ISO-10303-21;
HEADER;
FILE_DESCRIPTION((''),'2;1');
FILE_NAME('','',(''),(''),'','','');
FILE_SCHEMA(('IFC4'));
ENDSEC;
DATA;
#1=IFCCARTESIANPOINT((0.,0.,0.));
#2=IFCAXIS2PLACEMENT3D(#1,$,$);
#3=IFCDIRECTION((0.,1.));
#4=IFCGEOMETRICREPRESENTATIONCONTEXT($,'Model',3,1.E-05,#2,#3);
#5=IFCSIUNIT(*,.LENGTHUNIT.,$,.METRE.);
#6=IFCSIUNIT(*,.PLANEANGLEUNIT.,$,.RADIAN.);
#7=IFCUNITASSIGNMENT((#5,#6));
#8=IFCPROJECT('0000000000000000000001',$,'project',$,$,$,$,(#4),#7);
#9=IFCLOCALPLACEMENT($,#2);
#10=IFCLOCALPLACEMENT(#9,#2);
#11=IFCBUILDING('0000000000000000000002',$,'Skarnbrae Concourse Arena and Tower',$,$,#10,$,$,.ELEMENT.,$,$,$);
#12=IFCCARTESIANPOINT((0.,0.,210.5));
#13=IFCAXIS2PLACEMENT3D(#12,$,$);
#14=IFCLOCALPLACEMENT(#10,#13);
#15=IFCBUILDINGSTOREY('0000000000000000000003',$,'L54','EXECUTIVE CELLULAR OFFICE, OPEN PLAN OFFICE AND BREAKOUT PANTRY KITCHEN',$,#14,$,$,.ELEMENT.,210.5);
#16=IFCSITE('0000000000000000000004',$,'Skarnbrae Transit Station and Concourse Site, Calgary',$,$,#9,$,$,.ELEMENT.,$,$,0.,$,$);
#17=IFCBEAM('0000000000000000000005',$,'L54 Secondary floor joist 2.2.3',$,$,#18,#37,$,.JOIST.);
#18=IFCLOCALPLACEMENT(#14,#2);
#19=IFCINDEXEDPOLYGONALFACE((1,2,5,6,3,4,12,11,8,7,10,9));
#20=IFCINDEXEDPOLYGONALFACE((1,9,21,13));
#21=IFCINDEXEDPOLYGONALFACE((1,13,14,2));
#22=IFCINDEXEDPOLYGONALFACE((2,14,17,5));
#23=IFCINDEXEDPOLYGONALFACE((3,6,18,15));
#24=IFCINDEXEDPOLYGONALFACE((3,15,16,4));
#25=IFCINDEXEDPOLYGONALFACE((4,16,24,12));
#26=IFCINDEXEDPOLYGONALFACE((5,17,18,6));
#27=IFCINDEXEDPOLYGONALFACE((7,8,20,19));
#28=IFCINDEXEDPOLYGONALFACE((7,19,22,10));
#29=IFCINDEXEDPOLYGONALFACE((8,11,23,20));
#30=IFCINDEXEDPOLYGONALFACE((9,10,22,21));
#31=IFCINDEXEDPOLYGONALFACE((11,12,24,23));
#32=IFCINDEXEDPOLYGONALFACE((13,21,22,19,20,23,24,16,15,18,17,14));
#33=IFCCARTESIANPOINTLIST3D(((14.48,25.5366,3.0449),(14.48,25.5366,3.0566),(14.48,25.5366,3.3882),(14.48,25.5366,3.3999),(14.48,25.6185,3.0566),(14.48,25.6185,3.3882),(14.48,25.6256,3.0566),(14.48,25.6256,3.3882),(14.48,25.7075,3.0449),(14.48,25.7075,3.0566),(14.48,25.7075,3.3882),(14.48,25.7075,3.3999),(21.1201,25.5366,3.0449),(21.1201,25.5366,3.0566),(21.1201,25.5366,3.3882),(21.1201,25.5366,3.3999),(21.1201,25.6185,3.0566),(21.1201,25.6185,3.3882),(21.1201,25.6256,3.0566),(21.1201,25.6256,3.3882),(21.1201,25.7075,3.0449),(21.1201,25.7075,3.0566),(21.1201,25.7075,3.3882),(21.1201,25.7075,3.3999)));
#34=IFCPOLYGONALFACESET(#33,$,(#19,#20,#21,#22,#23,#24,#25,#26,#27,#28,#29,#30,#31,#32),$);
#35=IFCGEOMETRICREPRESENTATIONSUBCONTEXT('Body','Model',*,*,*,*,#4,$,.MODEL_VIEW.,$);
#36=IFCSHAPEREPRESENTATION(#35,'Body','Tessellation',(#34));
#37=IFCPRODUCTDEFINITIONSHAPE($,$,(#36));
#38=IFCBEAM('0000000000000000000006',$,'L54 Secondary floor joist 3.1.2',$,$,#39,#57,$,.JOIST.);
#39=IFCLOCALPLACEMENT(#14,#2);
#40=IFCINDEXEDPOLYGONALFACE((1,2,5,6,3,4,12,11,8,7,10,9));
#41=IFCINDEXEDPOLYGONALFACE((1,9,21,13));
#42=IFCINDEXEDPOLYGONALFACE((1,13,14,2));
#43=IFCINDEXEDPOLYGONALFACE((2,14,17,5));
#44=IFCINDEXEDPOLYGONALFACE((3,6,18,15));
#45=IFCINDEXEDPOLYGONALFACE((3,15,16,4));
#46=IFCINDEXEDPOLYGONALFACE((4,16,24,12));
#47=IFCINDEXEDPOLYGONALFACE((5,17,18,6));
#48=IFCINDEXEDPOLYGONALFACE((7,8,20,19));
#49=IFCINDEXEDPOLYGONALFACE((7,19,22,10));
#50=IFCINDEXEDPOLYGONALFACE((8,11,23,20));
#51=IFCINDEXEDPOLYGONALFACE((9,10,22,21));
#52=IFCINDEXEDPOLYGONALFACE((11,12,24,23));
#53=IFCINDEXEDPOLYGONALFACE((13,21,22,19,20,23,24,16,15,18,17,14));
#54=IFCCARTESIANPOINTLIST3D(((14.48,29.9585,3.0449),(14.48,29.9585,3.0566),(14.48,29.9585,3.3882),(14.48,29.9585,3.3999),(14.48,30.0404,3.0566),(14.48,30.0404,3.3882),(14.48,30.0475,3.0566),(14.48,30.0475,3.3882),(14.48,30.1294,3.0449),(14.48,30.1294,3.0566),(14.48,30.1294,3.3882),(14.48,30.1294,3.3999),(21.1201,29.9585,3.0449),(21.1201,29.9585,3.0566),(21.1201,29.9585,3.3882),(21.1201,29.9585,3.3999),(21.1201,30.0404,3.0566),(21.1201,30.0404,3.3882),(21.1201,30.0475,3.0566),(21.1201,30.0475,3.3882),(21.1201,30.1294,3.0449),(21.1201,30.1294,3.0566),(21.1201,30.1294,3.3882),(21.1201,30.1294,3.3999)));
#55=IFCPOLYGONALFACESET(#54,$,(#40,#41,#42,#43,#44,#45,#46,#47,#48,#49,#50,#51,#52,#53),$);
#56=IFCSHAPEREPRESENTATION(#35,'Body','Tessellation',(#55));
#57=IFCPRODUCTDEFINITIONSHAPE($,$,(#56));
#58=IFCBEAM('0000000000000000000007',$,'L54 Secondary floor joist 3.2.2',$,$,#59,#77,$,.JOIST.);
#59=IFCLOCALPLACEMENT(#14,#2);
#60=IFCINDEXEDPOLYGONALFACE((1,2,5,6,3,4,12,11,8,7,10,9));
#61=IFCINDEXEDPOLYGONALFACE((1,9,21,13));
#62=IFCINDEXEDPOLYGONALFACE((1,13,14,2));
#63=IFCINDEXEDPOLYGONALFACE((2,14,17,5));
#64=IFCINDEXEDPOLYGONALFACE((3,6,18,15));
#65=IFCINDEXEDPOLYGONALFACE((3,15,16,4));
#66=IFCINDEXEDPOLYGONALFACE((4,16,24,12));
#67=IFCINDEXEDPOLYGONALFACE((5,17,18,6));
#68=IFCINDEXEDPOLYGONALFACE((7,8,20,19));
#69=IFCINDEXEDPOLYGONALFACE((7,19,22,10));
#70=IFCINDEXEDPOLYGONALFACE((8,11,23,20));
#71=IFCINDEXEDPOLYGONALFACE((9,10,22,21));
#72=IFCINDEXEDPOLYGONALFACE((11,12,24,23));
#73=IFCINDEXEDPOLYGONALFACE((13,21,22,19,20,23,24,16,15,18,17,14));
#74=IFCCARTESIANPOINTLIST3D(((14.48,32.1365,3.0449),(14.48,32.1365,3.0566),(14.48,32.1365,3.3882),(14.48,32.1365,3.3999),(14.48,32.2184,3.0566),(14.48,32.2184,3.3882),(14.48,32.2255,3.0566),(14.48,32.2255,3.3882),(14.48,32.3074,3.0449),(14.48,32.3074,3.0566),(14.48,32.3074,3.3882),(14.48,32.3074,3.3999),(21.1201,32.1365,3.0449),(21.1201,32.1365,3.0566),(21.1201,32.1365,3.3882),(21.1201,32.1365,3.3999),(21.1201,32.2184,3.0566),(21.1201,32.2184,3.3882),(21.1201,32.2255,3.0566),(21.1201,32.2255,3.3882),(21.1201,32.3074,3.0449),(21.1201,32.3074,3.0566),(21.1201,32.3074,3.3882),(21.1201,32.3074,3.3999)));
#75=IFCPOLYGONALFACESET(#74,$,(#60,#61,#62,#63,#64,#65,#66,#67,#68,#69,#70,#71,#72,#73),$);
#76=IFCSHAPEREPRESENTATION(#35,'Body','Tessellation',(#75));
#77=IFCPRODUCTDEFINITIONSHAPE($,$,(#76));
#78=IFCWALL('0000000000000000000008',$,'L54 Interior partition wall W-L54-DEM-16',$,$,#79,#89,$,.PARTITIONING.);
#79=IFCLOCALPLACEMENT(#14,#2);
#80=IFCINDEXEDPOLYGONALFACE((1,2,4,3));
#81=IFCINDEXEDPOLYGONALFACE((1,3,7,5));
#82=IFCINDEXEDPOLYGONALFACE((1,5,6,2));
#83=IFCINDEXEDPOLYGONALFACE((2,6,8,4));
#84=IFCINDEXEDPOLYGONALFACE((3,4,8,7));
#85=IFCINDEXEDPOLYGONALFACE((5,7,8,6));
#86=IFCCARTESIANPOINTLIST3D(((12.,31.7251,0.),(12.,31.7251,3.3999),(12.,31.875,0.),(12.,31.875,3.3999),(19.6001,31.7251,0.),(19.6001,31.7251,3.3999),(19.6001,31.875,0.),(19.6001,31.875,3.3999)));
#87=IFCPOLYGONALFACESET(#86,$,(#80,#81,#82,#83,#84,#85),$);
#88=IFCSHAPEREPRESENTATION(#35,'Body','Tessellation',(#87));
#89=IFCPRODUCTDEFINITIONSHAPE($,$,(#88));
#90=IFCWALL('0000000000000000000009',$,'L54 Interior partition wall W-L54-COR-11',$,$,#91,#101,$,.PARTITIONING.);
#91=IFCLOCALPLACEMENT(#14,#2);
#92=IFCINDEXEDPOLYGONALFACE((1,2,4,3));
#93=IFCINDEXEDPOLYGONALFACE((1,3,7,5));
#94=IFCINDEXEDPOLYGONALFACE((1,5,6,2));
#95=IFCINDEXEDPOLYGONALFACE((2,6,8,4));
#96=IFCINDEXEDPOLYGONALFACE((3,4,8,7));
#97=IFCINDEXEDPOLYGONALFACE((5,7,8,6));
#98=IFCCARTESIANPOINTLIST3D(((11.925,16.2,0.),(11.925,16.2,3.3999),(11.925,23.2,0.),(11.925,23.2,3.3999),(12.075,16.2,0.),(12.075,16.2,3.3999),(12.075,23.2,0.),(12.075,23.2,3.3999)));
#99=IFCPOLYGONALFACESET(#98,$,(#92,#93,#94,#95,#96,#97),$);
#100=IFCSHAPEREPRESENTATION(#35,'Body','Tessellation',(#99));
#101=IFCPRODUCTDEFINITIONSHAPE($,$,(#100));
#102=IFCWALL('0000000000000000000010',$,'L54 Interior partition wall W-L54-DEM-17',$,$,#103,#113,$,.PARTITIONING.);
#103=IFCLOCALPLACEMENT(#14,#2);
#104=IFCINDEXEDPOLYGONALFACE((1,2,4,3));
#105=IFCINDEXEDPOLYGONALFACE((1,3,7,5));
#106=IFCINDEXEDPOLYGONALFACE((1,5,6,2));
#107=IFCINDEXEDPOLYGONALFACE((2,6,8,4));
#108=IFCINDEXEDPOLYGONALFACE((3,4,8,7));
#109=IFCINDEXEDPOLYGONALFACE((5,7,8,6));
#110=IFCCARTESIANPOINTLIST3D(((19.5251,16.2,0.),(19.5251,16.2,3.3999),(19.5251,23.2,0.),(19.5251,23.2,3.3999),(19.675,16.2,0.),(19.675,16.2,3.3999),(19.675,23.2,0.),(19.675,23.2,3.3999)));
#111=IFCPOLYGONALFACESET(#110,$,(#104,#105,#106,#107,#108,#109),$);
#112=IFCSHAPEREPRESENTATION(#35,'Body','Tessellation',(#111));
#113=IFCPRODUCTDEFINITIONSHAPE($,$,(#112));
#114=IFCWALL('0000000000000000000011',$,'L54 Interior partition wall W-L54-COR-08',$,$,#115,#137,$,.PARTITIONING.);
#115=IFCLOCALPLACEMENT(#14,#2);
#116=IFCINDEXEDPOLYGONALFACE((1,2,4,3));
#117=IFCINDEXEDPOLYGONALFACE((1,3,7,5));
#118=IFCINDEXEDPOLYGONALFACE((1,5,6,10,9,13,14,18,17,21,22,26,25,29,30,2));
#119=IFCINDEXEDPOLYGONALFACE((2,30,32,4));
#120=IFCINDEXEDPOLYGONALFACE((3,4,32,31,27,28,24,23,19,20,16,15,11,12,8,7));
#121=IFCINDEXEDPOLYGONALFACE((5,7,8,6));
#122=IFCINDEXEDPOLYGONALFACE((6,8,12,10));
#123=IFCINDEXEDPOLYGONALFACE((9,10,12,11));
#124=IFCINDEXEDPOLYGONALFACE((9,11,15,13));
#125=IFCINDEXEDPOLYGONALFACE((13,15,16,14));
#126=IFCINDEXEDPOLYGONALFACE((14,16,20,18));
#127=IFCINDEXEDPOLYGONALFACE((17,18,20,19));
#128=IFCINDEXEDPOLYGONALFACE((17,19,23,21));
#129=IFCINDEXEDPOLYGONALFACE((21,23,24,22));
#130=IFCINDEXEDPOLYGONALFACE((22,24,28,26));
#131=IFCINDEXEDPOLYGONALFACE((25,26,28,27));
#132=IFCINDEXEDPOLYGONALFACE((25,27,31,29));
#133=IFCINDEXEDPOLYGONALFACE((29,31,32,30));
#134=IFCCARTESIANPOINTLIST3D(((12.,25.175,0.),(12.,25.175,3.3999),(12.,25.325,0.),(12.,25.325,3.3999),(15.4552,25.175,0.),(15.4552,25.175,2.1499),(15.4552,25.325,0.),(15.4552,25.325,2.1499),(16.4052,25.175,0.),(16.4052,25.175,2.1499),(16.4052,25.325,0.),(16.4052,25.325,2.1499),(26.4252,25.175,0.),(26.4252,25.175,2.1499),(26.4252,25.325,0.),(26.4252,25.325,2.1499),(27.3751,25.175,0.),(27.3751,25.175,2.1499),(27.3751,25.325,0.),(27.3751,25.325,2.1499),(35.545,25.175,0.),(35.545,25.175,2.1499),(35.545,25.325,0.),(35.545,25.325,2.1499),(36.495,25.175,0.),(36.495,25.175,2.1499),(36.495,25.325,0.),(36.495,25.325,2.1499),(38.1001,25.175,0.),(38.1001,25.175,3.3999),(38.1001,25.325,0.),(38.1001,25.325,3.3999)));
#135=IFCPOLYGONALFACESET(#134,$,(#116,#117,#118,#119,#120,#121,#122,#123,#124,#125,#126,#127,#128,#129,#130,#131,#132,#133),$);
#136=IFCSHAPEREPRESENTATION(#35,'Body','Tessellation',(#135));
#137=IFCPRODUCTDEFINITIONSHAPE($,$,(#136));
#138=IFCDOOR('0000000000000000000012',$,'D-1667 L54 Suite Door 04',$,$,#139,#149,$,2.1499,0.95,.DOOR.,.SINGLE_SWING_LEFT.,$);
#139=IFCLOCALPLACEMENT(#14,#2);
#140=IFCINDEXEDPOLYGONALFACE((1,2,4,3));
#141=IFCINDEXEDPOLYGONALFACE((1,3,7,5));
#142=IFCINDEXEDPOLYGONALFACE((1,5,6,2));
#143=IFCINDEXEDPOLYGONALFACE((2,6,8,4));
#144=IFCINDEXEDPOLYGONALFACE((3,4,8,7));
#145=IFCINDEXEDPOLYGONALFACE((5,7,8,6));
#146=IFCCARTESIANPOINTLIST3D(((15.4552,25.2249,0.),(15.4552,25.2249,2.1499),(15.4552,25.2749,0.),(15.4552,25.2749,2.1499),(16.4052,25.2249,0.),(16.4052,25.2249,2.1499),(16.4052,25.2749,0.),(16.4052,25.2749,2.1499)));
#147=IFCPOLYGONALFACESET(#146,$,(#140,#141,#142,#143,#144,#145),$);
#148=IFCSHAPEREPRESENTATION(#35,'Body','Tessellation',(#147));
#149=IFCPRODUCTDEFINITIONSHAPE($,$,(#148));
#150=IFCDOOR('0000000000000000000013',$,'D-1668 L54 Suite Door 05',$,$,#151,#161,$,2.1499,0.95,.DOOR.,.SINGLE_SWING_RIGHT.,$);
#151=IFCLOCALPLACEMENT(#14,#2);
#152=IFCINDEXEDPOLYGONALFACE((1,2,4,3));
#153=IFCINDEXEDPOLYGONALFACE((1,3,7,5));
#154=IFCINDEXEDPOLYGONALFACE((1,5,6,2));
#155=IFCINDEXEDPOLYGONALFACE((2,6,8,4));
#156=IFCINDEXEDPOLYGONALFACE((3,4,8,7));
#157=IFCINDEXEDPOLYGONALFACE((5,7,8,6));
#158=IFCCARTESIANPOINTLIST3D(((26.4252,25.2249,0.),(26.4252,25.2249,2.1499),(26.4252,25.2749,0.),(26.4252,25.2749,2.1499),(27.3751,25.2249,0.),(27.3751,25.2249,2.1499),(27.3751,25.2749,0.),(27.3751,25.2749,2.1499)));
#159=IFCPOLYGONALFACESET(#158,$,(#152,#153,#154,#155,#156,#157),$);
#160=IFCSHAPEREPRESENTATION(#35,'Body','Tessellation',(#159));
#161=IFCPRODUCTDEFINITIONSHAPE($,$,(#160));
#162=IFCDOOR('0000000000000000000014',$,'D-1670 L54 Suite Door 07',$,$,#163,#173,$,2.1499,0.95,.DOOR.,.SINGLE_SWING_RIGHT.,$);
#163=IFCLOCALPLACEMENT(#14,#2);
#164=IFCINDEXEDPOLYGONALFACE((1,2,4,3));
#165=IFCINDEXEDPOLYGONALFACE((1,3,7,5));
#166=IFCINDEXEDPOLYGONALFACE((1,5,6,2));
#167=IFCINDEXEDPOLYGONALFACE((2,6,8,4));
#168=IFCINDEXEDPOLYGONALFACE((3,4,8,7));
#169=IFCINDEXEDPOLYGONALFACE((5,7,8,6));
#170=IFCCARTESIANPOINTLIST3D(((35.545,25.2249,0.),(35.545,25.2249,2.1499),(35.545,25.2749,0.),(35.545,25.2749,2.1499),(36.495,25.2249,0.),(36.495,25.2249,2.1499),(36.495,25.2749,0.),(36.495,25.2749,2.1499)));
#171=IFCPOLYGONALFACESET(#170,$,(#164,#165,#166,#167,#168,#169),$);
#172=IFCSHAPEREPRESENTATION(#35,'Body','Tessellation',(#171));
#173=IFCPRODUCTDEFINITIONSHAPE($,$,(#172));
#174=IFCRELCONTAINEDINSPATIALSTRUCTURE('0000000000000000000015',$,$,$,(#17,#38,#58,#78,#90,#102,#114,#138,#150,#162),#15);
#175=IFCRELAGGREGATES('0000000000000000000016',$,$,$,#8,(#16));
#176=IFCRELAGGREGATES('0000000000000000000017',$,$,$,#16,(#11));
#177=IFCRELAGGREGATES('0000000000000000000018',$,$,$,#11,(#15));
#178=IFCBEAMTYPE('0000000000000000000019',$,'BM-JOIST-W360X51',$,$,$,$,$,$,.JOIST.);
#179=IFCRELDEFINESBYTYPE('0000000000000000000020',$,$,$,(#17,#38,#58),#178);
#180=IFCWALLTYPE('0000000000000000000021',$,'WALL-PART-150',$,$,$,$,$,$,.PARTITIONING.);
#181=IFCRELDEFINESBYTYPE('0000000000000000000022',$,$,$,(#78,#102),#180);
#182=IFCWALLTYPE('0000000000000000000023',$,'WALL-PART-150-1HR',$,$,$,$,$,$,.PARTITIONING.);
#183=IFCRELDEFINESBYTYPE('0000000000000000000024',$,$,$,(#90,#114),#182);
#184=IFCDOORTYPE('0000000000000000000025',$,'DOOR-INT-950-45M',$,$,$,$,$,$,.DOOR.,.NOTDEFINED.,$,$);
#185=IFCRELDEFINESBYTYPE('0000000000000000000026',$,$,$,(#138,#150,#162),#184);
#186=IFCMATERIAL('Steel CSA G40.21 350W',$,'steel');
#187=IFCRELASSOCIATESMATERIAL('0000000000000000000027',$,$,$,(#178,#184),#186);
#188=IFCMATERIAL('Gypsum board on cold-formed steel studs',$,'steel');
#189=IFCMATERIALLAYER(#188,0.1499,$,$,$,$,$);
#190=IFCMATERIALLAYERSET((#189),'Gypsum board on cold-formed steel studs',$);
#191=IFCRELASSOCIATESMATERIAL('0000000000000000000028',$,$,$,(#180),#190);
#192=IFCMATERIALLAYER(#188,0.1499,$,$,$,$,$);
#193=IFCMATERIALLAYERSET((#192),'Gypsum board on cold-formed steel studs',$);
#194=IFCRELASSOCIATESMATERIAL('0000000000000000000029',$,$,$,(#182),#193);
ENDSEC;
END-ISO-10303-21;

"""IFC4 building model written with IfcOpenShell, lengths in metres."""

from ifc_helpers import new_model, si_unit, direction, frame, frame_2d, origin, origin_2d, place, context, subcontext, project, spatial, rectangle, i_section, extrude, source, transform, mapped, material, layer, layer_set, material_profile, profile_set, type_object, element, fill, save


model = new_model("IFC4")

# Units and contexts
model_context = context("Model", 3, precision=1e-05, world=origin(), true_north=direction((0.0, 1.0)))
body_context = subcontext(model_context, "Body", "Model", "MODEL_VIEW")
ifc_project = project(units=[si_unit("LENGTHUNIT", "METRE"), si_unit("PLANEANGLEUNIT", "RADIAN")], contexts=[model_context])

# Site, building, storey
site_placement = place(None, origin())
site = spatial("IfcSite", under=ifc_project, at=site_placement, Name="Skarnbrae Transit Station and Concourse Site, Calgary", CompositionType="ELEMENT", RefElevation=0.0)
building_placement = place(site_placement, origin())
building = spatial("IfcBuilding", under=site, at=building_placement, Name="Skarnbrae Concourse Arena and Tower", CompositionType="ELEMENT")
storey_placement = place(building_placement, frame((0.0, 0.0, 210.5)))
storey = spatial("IfcBuildingStorey", under=building, at=storey_placement, Name="L54", Description="EXECUTIVE CELLULAR OFFICE, OPEN PLAN OFFICE AND BREAKOUT PANTRY KITCHEN", CompositionType="ELEMENT", Elevation=210.5)

# Shared definitions
ifc_material_1 = material(Name="Steel CSA G40.21 350W", Category="steel")

# Beams
ifc_material_profile_1 = material_profile(ifc_material_1, i_section(OverallWidth=0.1709, OverallDepth=0.355, WebThickness=0.0071, FlangeThickness=0.0117, at=origin_2d()), Name="W360X51")
ifc_profile_set_1 = profile_set([ifc_material_profile_1], Name="Steel CSA G40.21 350W")
beam_type_1 = type_object("IfcBeamType", Name="BM-JOIST-W360X51", PredefinedType="JOIST", material=ifc_profile_set_1)
shared_shape_1 = source(origin(), body_context, "Body", "SweptSolid", [
    extrude(i_section(OverallWidth=0.1709, OverallDepth=0.355, WebThickness=0.0071, FlangeThickness=0.0117, at=origin_2d()), origin(), (0.0, 0.0, 1.0), 6.6401),
])
for number, where, z_axis, x_axis, name in (
    (1, (14.48, 25.6221, 3.2224), (1.0, 0.0, 0.0), (0.0, 1.0, 0.0), "L54 Secondary floor joist 2.2.3"),
    (2, (14.48, 30.0439, 3.2224), (1.0, 0.0, 0.0), (0.0, 1.0, 0.0), "L54 Secondary floor joist 3.1.2"),
    (3, (14.48, 32.2219, 3.2224), (1.0, 0.0, 0.0), (0.0, 1.0, 0.0), "L54 Secondary floor joist 3.2.2"),
):
    element("IfcBeam", number, at=place(storey_placement, frame(where, z_axis=z_axis, x_axis=x_axis)), inside=storey, type_object=beam_type_1, Name=name, PredefinedType="JOIST", context=body_context, shape_type="MappedRepresentation", body=[
        mapped(shared_shape_1, transform((0.0, 0.0, 0.0))),
    ])

# Walls
ifc_material_2 = material(Name="Gypsum board on cold-formed steel studs", Category="steel")
ifc_layer_1 = layer(ifc_material_2, 0.1499)
ifc_layer_set_1 = layer_set([ifc_layer_1], Name="Gypsum board on cold-formed steel studs")
wall_type_1 = type_object("IfcWallType", Name="WALL-PART-150", PredefinedType="PARTITIONING", material=ifc_layer_set_1)
shared_shape_2 = source(origin(), body_context, "Body", "SweptSolid", [
    extrude(rectangle(XDim=7.6001, YDim=0.1499, at=frame_2d((3.8, 0.0))), origin(), (0.0, 0.0, 1.0), 3.3999),
])
wall_1_placement = place(storey_placement, frame((19.6001, 31.8, 0.0), z_axis=(0.0, 0.0, 1.0), x_axis=(-1.0, 0.0, 0.0)))
element("IfcWall", 4, at=wall_1_placement, inside=storey, type_object=wall_type_1, Name="L54 Interior partition wall W-L54-DEM-16", PredefinedType="PARTITIONING", context=body_context, shape_type="MappedRepresentation", body=[
    mapped(shared_shape_2, transform((0.0, 0.0, 0.0))),
])
ifc_layer_2 = layer(ifc_material_2, 0.1499)
ifc_layer_set_2 = layer_set([ifc_layer_2], Name="Gypsum board on cold-formed steel studs")
wall_type_2 = type_object("IfcWallType", Name="WALL-PART-150-1HR", PredefinedType="PARTITIONING", material=ifc_layer_set_2)
shared_shape_3 = source(origin(), body_context, "Body", "SweptSolid", [
    extrude(rectangle(XDim=7.0, YDim=0.1499, at=frame_2d((3.5, 0.0))), origin(), (0.0, 0.0, 1.0), 3.3999),
])
wall_2_placement = place(storey_placement, frame((12.0, 23.2, 0.0), z_axis=(0.0, 0.0, 1.0), x_axis=(0.0, -1.0, 0.0)))
element("IfcWall", 5, at=wall_2_placement, inside=storey, type_object=wall_type_2, Name="L54 Interior partition wall W-L54-COR-11", PredefinedType="PARTITIONING", context=body_context, shape_type="MappedRepresentation", body=[
    mapped(shared_shape_3, transform((0.0, 0.0, 0.0))),
])
wall_3_placement = place(storey_placement, frame((19.6001, 23.2, 0.0), z_axis=(0.0, 0.0, 1.0), x_axis=(0.0, -1.0, 0.0)))
element("IfcWall", 6, at=wall_3_placement, inside=storey, type_object=wall_type_1, Name="L54 Interior partition wall W-L54-DEM-17", PredefinedType="PARTITIONING", context=body_context, shape_type="MappedRepresentation", body=[
    mapped(shared_shape_3, transform((0.0, 0.0, 0.0))),
])

# Wall, openings, doors
shared_shape_4 = source(origin(), body_context, "Body", "SweptSolid", [
    extrude(rectangle(XDim=26.1001, YDim=0.1499, at=frame_2d((13.05, 0.0))), origin(), (0.0, 0.0, 1.0), 3.3999),
])
wall_4_placement = place(storey_placement, frame((12.0, 25.25, 0.0), z_axis=(0.0, 0.0, 1.0), x_axis=(1.0, 0.0, 0.0)))
wall_4 = element("IfcWall", 7, at=wall_4_placement, inside=storey, type_object=wall_type_2, Name="L54 Interior partition wall W-L54-COR-08", PredefinedType="PARTITIONING", context=body_context, shape_type="MappedRepresentation", body=[
    mapped(shared_shape_4, transform((0.0, 0.0, 0.0))),
])
opening_1_placement = place(wall_4_placement, frame((3.4551, 0.0, 0.0)))
opening_1 = element("IfcOpeningElement", 8, at=opening_1_placement, cuts=wall_4, PredefinedType="OPENING", context=body_context, shape_type="SweptSolid", body=[
    extrude(rectangle(XDim=0.95, YDim=2.1499, at=frame_2d((0.4751, 1.075))), frame((0.0, 0.085, 0.0), z_axis=(0.0, -1.0, 0.0), x_axis=(1.0, 0.0, 0.0)), (0.0, 0.0, 1.0), 0.1699),
])
opening_2_placement = place(wall_4_placement, frame((14.425, 0.0, 0.0)))
opening_2 = element("IfcOpeningElement", 9, at=opening_2_placement, cuts=wall_4, PredefinedType="OPENING", context=body_context, shape_type="SweptSolid", body=[
    extrude(rectangle(XDim=0.95, YDim=2.1499, at=frame_2d((0.4751, 1.075))), frame((0.0, 0.085, 0.0), z_axis=(0.0, -1.0, 0.0), x_axis=(1.0, 0.0, 0.0)), (0.0, 0.0, 1.0), 0.1699),
])
opening_3_placement = place(wall_4_placement, frame((23.5449, 0.0, 0.0)))
opening_3 = element("IfcOpeningElement", 10, at=opening_3_placement, cuts=wall_4, PredefinedType="OPENING", context=body_context, shape_type="SweptSolid", body=[
    extrude(rectangle(XDim=0.95, YDim=2.1499, at=frame_2d((0.4751, 1.075))), frame((0.0, 0.085, 0.0), z_axis=(0.0, -1.0, 0.0), x_axis=(1.0, 0.0, 0.0)), (0.0, 0.0, 1.0), 0.1699),
])
door_type = type_object("IfcDoorType", Name="DOOR-INT-950-45M", OperationType="NOTDEFINED", PredefinedType="DOOR", material=ifc_material_1)
shared_shape_5 = source(origin(), body_context, "Body", "SweptSolid", [
    extrude(rectangle(XDim=0.95, YDim=2.1499, at=frame_2d((0.4751, 1.075))), frame((0.0, 0.0249, 0.0), z_axis=(0.0, -1.0, 0.0), x_axis=(1.0, 0.0, 0.0)), (0.0, 0.0, 1.0), 0.05),
])
door_1_placement = place(opening_1_placement, origin())
door_1 = element("IfcDoor", 11, at=door_1_placement, inside=storey, type_object=door_type, Name="D-1667 L54 Suite Door 04", OperationType="SINGLE_SWING_LEFT", OverallHeight=2.1499, OverallWidth=0.95, PredefinedType="DOOR", context=body_context, shape_type="MappedRepresentation", body=[
    mapped(shared_shape_5, transform((0.0, 0.0, 0.0))),
])
fill(opening_1, door_1)
door_2_placement = place(opening_2_placement, origin())
door_2 = element("IfcDoor", 12, at=door_2_placement, inside=storey, type_object=door_type, Name="D-1668 L54 Suite Door 05", OperationType="SINGLE_SWING_RIGHT", OverallHeight=2.1499, OverallWidth=0.95, PredefinedType="DOOR", context=body_context, shape_type="MappedRepresentation", body=[
    mapped(shared_shape_5, transform((0.0, 0.0, 0.0))),
])
fill(opening_2, door_2)
door_3_placement = place(opening_3_placement, origin())
door_3 = element("IfcDoor", 13, at=door_3_placement, inside=storey, type_object=door_type, Name="D-1670 L54 Suite Door 07", OperationType="SINGLE_SWING_RIGHT", OverallHeight=2.1499, OverallWidth=0.95, PredefinedType="DOOR", context=body_context, shape_type="MappedRepresentation", body=[
    mapped(shared_shape_5, transform((0.0, 0.0, 0.0))),
])
fill(opening_3, door_3)

save(model, "model.ifc")
